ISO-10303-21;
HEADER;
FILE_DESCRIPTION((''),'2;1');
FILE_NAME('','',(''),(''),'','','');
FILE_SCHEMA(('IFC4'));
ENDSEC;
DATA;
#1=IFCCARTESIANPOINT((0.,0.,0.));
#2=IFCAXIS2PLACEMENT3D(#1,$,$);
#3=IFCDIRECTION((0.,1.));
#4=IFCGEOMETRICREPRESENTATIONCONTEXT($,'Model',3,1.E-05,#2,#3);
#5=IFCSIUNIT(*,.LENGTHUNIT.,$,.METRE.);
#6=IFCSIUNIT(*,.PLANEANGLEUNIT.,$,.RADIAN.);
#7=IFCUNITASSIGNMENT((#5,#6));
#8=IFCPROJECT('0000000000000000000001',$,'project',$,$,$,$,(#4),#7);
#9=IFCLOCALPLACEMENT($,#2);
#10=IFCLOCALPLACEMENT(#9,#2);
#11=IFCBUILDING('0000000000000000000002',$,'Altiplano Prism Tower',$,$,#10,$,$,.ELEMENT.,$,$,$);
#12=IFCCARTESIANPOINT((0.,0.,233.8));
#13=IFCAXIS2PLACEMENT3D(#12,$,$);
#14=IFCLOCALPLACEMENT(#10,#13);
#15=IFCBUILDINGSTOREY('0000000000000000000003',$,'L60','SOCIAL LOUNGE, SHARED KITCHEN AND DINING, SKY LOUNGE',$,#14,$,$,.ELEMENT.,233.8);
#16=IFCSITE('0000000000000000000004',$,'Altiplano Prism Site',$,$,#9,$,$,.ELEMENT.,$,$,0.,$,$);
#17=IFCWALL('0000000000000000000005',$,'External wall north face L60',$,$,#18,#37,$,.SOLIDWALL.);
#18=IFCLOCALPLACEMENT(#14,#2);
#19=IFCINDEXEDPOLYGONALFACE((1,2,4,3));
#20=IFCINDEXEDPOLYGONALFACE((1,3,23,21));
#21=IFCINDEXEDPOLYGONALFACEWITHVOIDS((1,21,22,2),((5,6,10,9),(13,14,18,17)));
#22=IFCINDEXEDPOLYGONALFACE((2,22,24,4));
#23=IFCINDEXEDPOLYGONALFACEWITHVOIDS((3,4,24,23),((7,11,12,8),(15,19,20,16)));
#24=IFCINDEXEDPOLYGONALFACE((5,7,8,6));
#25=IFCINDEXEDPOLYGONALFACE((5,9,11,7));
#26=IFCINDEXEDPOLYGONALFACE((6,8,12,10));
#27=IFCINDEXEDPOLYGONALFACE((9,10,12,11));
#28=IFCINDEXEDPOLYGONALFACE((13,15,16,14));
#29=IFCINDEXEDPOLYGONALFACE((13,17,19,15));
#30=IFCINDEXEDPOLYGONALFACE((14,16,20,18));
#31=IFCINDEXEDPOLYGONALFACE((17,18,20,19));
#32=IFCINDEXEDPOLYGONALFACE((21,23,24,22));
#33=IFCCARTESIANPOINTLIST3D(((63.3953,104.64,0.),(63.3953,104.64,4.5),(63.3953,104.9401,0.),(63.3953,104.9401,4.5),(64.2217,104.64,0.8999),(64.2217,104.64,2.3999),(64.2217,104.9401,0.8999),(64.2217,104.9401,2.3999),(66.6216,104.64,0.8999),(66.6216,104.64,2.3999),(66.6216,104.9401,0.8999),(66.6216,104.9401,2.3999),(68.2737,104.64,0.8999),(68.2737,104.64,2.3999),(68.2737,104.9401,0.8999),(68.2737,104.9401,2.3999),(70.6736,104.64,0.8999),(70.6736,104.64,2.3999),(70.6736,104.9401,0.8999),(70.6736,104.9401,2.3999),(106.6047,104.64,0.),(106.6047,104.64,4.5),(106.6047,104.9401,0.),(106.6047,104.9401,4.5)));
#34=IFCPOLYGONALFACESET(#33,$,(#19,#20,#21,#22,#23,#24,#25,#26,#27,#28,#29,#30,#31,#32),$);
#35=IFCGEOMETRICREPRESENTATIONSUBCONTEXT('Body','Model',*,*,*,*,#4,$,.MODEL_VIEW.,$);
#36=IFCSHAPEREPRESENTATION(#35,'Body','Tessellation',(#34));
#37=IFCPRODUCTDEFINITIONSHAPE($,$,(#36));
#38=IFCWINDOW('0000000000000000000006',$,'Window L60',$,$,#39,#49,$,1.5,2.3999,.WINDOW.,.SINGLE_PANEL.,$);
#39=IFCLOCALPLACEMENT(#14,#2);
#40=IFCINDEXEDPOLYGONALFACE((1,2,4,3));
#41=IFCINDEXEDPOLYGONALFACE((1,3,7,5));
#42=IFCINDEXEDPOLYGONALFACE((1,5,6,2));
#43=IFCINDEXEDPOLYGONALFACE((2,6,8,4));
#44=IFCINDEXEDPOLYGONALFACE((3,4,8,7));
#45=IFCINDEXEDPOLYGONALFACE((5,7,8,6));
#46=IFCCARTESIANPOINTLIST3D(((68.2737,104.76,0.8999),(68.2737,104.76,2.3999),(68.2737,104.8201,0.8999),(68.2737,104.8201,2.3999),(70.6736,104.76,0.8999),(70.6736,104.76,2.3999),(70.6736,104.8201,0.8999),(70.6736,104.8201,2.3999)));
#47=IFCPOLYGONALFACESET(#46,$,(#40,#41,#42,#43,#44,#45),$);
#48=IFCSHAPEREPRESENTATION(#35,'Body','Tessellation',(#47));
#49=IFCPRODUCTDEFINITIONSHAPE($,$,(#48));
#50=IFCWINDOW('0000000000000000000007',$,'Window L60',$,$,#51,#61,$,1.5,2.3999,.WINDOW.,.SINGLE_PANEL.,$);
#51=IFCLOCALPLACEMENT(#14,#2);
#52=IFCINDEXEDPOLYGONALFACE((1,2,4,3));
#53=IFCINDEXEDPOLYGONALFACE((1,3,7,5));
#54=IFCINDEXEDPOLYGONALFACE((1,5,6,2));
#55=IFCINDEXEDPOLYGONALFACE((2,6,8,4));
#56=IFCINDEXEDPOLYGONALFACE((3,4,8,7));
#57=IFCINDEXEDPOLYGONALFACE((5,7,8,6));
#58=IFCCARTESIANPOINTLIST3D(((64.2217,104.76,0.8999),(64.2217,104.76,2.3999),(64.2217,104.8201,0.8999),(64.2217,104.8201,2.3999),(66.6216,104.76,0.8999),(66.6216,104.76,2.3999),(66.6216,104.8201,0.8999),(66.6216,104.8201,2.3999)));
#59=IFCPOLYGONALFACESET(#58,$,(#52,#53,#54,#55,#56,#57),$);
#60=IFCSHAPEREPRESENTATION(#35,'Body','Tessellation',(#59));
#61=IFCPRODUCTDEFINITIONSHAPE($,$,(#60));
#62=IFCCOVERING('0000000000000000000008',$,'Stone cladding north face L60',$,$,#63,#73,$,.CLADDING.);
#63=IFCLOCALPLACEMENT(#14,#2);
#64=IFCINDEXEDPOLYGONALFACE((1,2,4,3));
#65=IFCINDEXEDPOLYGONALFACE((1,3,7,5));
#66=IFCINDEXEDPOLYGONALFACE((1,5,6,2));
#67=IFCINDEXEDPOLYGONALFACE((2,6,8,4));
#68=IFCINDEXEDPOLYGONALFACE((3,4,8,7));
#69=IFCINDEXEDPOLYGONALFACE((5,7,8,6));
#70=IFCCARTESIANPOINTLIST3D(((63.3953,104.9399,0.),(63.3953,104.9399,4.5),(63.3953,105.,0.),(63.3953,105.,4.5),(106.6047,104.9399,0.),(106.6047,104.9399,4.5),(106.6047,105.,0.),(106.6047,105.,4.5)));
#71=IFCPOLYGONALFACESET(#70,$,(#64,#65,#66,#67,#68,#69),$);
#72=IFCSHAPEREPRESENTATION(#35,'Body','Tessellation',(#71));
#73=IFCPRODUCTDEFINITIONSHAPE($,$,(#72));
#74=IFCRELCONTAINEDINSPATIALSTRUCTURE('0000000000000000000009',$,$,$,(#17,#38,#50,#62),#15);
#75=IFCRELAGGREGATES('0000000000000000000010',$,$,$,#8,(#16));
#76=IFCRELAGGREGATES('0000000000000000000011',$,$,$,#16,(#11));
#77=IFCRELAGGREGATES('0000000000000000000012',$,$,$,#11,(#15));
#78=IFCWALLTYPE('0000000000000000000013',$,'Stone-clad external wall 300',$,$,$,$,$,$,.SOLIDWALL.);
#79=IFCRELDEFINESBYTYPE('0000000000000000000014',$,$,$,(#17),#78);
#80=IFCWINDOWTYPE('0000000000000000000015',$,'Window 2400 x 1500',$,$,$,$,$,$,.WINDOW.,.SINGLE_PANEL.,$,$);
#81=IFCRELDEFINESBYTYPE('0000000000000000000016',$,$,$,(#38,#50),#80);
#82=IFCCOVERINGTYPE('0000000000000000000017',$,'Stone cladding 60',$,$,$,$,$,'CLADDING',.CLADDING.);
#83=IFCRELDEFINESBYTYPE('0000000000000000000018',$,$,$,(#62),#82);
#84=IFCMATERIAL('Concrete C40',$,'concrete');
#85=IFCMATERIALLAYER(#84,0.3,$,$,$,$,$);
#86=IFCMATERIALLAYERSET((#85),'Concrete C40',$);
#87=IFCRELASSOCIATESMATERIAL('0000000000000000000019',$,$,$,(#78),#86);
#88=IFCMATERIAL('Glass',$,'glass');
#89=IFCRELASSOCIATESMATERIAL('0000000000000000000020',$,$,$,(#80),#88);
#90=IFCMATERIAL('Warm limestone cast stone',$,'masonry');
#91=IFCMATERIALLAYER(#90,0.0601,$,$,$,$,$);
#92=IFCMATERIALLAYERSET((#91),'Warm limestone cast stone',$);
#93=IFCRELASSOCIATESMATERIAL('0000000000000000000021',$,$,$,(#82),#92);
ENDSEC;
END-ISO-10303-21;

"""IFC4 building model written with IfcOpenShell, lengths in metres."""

from ifc_helpers import new_model, si_unit, direction, frame, frame_2d, origin, place, context, subcontext, project, spatial, rectangle, extrude, material, layer, layer_set, type_object, element, fill, save


model = new_model("IFC4")

# Units and contexts
model_context = context("Model", 3, precision=1e-05, world=origin(), true_north=direction((0.0, 1.0)))
body_context = subcontext(model_context, "Body", "Model", "MODEL_VIEW")
ifc_project = project(units=[si_unit("LENGTHUNIT", "METRE"), si_unit("PLANEANGLEUNIT", "RADIAN")], contexts=[model_context])

# Site, building, storey
site_placement = place(None, origin())
site = spatial("IfcSite", under=ifc_project, at=site_placement, Name="Altiplano Prism Site", CompositionType="ELEMENT", RefElevation=0.0)
building_placement = place(site_placement, origin())
building = spatial("IfcBuilding", under=site, at=building_placement, Name="Altiplano Prism Tower", CompositionType="ELEMENT")
storey_placement = place(building_placement, frame((0.0, 0.0, 233.8)))
storey = spatial("IfcBuildingStorey", under=building, at=storey_placement, Name="L60", Description="SOCIAL LOUNGE, SHARED KITCHEN AND DINING, SKY LOUNGE", CompositionType="ELEMENT", Elevation=233.8)

# Wall, openings, windows
ifc_material_1 = material(Name="Concrete C40", Category="concrete")
ifc_layer_1 = layer(ifc_material_1, 0.3)
ifc_layer_set_1 = layer_set([ifc_layer_1], Name="Concrete C40")
wall_type_1 = type_object("IfcWallType", Name="Stone-clad external wall 300", PredefinedType="SOLIDWALL", material=ifc_layer_set_1)
wall_1_placement = place(storey_placement, frame((63.3953, 104.79, 0.0), z_axis=(0.0, 0.0, 1.0), x_axis=(1.0, 0.0, 0.0)))
wall_1 = element("IfcWall", 1, at=wall_1_placement, inside=storey, type_object=wall_type_1, Name="External wall north face L60", PredefinedType="SOLIDWALL", context=body_context, shape_type="SweptSolid", body=[
    extrude(rectangle(XDim=43.2095, YDim=0.3, at=frame_2d((21.6047, 0.0))), origin(), (0.0, 0.0, 1.0), 4.5),
])
opening_1_placement = place(wall_1_placement, frame((4.8784, 0.0, 0.8999)))
opening_1 = element("IfcOpeningElement", 2, at=opening_1_placement, cuts=wall_1, PredefinedType="OPENING", context=body_context, shape_type="SweptSolid", body=[
    extrude(rectangle(XDim=2.3999, YDim=1.5, at=frame_2d((1.2, 0.75))), frame((0.0, 0.1606, 0.0), z_axis=(0.0, -1.0, 0.0), x_axis=(1.0, 0.0, 0.0)), (0.0, 0.0, 1.0), 0.321),
])
opening_2_placement = place(wall_1_placement, frame((0.8264, 0.0, 0.8999)))
opening_2 = element("IfcOpeningElement", 3, at=opening_2_placement, cuts=wall_1, PredefinedType="OPENING", context=body_context, shape_type="SweptSolid", body=[
    extrude(rectangle(XDim=2.3999, YDim=1.5, at=frame_2d((1.2, 0.75))), frame((0.0, 0.1606, 0.0), z_axis=(0.0, -1.0, 0.0), x_axis=(1.0, 0.0, 0.0)), (0.0, 0.0, 1.0), 0.321),
])
ifc_material_2 = material(Name="Glass", Category="glass")
window_type = type_object("IfcWindowType", Name="Window 2400 x 1500", PartitioningType="SINGLE_PANEL", PredefinedType="WINDOW", material=ifc_material_2)
window_1_placement = place(opening_1_placement, origin())
window_1 = element("IfcWindow", 4, at=window_1_placement, inside=storey, type_object=window_type, Name="Window L60", OverallHeight=1.5, OverallWidth=2.3999, PartitioningType="SINGLE_PANEL", PredefinedType="WINDOW", context=body_context, shape_type="SweptSolid", body=[
    extrude(rectangle(XDim=2.3999, YDim=1.5, at=frame_2d((1.2, 0.75))), frame((0.0, 0.03, 0.0), z_axis=(0.0, -1.0, 0.0), x_axis=(1.0, 0.0, 0.0)), (0.0, 0.0, 1.0), 0.0601),
])
fill(opening_1, window_1)
window_2_placement = place(opening_2_placement, origin())
window_2 = element("IfcWindow", 5, at=window_2_placement, inside=storey, type_object=window_type, Name="Window L60", OverallHeight=1.5, OverallWidth=2.3999, PartitioningType="SINGLE_PANEL", PredefinedType="WINDOW", context=body_context, shape_type="SweptSolid", body=[
    extrude(rectangle(XDim=2.3999, YDim=1.5, at=frame_2d((1.2, 0.75))), frame((0.0, 0.03, 0.0), z_axis=(0.0, -1.0, 0.0), x_axis=(1.0, 0.0, 0.0)), (0.0, 0.0, 1.0), 0.0601),
])
fill(opening_2, window_2)

# Covering
ifc_material_3 = material(Name="Warm limestone cast stone", Category="masonry")
ifc_layer_2 = layer(ifc_material_3, 0.0601)
ifc_layer_set_2 = layer_set([ifc_layer_2], Name="Warm limestone cast stone")
covering_type = type_object("IfcCoveringType", Name="Stone cladding 60", ElementType="CLADDING", PredefinedType="CLADDING", material=ifc_layer_set_2)
covering_placement = place(storey_placement, frame((63.3953, 104.97, 0.0), z_axis=(0.0, 0.0, 1.0), x_axis=(1.0, 0.0, 0.0)))
element("IfcCovering", 6, at=covering_placement, inside=storey, type_object=covering_type, Name="Stone cladding north face L60", PredefinedType="CLADDING", context=body_context, shape_type="SweptSolid", body=[
    extrude(rectangle(XDim=43.2095, YDim=0.0601, at=frame_2d((21.6047, 0.0))), origin(), (0.0, 0.0, 1.0), 4.5),
])

save(model, "model.ifc")
